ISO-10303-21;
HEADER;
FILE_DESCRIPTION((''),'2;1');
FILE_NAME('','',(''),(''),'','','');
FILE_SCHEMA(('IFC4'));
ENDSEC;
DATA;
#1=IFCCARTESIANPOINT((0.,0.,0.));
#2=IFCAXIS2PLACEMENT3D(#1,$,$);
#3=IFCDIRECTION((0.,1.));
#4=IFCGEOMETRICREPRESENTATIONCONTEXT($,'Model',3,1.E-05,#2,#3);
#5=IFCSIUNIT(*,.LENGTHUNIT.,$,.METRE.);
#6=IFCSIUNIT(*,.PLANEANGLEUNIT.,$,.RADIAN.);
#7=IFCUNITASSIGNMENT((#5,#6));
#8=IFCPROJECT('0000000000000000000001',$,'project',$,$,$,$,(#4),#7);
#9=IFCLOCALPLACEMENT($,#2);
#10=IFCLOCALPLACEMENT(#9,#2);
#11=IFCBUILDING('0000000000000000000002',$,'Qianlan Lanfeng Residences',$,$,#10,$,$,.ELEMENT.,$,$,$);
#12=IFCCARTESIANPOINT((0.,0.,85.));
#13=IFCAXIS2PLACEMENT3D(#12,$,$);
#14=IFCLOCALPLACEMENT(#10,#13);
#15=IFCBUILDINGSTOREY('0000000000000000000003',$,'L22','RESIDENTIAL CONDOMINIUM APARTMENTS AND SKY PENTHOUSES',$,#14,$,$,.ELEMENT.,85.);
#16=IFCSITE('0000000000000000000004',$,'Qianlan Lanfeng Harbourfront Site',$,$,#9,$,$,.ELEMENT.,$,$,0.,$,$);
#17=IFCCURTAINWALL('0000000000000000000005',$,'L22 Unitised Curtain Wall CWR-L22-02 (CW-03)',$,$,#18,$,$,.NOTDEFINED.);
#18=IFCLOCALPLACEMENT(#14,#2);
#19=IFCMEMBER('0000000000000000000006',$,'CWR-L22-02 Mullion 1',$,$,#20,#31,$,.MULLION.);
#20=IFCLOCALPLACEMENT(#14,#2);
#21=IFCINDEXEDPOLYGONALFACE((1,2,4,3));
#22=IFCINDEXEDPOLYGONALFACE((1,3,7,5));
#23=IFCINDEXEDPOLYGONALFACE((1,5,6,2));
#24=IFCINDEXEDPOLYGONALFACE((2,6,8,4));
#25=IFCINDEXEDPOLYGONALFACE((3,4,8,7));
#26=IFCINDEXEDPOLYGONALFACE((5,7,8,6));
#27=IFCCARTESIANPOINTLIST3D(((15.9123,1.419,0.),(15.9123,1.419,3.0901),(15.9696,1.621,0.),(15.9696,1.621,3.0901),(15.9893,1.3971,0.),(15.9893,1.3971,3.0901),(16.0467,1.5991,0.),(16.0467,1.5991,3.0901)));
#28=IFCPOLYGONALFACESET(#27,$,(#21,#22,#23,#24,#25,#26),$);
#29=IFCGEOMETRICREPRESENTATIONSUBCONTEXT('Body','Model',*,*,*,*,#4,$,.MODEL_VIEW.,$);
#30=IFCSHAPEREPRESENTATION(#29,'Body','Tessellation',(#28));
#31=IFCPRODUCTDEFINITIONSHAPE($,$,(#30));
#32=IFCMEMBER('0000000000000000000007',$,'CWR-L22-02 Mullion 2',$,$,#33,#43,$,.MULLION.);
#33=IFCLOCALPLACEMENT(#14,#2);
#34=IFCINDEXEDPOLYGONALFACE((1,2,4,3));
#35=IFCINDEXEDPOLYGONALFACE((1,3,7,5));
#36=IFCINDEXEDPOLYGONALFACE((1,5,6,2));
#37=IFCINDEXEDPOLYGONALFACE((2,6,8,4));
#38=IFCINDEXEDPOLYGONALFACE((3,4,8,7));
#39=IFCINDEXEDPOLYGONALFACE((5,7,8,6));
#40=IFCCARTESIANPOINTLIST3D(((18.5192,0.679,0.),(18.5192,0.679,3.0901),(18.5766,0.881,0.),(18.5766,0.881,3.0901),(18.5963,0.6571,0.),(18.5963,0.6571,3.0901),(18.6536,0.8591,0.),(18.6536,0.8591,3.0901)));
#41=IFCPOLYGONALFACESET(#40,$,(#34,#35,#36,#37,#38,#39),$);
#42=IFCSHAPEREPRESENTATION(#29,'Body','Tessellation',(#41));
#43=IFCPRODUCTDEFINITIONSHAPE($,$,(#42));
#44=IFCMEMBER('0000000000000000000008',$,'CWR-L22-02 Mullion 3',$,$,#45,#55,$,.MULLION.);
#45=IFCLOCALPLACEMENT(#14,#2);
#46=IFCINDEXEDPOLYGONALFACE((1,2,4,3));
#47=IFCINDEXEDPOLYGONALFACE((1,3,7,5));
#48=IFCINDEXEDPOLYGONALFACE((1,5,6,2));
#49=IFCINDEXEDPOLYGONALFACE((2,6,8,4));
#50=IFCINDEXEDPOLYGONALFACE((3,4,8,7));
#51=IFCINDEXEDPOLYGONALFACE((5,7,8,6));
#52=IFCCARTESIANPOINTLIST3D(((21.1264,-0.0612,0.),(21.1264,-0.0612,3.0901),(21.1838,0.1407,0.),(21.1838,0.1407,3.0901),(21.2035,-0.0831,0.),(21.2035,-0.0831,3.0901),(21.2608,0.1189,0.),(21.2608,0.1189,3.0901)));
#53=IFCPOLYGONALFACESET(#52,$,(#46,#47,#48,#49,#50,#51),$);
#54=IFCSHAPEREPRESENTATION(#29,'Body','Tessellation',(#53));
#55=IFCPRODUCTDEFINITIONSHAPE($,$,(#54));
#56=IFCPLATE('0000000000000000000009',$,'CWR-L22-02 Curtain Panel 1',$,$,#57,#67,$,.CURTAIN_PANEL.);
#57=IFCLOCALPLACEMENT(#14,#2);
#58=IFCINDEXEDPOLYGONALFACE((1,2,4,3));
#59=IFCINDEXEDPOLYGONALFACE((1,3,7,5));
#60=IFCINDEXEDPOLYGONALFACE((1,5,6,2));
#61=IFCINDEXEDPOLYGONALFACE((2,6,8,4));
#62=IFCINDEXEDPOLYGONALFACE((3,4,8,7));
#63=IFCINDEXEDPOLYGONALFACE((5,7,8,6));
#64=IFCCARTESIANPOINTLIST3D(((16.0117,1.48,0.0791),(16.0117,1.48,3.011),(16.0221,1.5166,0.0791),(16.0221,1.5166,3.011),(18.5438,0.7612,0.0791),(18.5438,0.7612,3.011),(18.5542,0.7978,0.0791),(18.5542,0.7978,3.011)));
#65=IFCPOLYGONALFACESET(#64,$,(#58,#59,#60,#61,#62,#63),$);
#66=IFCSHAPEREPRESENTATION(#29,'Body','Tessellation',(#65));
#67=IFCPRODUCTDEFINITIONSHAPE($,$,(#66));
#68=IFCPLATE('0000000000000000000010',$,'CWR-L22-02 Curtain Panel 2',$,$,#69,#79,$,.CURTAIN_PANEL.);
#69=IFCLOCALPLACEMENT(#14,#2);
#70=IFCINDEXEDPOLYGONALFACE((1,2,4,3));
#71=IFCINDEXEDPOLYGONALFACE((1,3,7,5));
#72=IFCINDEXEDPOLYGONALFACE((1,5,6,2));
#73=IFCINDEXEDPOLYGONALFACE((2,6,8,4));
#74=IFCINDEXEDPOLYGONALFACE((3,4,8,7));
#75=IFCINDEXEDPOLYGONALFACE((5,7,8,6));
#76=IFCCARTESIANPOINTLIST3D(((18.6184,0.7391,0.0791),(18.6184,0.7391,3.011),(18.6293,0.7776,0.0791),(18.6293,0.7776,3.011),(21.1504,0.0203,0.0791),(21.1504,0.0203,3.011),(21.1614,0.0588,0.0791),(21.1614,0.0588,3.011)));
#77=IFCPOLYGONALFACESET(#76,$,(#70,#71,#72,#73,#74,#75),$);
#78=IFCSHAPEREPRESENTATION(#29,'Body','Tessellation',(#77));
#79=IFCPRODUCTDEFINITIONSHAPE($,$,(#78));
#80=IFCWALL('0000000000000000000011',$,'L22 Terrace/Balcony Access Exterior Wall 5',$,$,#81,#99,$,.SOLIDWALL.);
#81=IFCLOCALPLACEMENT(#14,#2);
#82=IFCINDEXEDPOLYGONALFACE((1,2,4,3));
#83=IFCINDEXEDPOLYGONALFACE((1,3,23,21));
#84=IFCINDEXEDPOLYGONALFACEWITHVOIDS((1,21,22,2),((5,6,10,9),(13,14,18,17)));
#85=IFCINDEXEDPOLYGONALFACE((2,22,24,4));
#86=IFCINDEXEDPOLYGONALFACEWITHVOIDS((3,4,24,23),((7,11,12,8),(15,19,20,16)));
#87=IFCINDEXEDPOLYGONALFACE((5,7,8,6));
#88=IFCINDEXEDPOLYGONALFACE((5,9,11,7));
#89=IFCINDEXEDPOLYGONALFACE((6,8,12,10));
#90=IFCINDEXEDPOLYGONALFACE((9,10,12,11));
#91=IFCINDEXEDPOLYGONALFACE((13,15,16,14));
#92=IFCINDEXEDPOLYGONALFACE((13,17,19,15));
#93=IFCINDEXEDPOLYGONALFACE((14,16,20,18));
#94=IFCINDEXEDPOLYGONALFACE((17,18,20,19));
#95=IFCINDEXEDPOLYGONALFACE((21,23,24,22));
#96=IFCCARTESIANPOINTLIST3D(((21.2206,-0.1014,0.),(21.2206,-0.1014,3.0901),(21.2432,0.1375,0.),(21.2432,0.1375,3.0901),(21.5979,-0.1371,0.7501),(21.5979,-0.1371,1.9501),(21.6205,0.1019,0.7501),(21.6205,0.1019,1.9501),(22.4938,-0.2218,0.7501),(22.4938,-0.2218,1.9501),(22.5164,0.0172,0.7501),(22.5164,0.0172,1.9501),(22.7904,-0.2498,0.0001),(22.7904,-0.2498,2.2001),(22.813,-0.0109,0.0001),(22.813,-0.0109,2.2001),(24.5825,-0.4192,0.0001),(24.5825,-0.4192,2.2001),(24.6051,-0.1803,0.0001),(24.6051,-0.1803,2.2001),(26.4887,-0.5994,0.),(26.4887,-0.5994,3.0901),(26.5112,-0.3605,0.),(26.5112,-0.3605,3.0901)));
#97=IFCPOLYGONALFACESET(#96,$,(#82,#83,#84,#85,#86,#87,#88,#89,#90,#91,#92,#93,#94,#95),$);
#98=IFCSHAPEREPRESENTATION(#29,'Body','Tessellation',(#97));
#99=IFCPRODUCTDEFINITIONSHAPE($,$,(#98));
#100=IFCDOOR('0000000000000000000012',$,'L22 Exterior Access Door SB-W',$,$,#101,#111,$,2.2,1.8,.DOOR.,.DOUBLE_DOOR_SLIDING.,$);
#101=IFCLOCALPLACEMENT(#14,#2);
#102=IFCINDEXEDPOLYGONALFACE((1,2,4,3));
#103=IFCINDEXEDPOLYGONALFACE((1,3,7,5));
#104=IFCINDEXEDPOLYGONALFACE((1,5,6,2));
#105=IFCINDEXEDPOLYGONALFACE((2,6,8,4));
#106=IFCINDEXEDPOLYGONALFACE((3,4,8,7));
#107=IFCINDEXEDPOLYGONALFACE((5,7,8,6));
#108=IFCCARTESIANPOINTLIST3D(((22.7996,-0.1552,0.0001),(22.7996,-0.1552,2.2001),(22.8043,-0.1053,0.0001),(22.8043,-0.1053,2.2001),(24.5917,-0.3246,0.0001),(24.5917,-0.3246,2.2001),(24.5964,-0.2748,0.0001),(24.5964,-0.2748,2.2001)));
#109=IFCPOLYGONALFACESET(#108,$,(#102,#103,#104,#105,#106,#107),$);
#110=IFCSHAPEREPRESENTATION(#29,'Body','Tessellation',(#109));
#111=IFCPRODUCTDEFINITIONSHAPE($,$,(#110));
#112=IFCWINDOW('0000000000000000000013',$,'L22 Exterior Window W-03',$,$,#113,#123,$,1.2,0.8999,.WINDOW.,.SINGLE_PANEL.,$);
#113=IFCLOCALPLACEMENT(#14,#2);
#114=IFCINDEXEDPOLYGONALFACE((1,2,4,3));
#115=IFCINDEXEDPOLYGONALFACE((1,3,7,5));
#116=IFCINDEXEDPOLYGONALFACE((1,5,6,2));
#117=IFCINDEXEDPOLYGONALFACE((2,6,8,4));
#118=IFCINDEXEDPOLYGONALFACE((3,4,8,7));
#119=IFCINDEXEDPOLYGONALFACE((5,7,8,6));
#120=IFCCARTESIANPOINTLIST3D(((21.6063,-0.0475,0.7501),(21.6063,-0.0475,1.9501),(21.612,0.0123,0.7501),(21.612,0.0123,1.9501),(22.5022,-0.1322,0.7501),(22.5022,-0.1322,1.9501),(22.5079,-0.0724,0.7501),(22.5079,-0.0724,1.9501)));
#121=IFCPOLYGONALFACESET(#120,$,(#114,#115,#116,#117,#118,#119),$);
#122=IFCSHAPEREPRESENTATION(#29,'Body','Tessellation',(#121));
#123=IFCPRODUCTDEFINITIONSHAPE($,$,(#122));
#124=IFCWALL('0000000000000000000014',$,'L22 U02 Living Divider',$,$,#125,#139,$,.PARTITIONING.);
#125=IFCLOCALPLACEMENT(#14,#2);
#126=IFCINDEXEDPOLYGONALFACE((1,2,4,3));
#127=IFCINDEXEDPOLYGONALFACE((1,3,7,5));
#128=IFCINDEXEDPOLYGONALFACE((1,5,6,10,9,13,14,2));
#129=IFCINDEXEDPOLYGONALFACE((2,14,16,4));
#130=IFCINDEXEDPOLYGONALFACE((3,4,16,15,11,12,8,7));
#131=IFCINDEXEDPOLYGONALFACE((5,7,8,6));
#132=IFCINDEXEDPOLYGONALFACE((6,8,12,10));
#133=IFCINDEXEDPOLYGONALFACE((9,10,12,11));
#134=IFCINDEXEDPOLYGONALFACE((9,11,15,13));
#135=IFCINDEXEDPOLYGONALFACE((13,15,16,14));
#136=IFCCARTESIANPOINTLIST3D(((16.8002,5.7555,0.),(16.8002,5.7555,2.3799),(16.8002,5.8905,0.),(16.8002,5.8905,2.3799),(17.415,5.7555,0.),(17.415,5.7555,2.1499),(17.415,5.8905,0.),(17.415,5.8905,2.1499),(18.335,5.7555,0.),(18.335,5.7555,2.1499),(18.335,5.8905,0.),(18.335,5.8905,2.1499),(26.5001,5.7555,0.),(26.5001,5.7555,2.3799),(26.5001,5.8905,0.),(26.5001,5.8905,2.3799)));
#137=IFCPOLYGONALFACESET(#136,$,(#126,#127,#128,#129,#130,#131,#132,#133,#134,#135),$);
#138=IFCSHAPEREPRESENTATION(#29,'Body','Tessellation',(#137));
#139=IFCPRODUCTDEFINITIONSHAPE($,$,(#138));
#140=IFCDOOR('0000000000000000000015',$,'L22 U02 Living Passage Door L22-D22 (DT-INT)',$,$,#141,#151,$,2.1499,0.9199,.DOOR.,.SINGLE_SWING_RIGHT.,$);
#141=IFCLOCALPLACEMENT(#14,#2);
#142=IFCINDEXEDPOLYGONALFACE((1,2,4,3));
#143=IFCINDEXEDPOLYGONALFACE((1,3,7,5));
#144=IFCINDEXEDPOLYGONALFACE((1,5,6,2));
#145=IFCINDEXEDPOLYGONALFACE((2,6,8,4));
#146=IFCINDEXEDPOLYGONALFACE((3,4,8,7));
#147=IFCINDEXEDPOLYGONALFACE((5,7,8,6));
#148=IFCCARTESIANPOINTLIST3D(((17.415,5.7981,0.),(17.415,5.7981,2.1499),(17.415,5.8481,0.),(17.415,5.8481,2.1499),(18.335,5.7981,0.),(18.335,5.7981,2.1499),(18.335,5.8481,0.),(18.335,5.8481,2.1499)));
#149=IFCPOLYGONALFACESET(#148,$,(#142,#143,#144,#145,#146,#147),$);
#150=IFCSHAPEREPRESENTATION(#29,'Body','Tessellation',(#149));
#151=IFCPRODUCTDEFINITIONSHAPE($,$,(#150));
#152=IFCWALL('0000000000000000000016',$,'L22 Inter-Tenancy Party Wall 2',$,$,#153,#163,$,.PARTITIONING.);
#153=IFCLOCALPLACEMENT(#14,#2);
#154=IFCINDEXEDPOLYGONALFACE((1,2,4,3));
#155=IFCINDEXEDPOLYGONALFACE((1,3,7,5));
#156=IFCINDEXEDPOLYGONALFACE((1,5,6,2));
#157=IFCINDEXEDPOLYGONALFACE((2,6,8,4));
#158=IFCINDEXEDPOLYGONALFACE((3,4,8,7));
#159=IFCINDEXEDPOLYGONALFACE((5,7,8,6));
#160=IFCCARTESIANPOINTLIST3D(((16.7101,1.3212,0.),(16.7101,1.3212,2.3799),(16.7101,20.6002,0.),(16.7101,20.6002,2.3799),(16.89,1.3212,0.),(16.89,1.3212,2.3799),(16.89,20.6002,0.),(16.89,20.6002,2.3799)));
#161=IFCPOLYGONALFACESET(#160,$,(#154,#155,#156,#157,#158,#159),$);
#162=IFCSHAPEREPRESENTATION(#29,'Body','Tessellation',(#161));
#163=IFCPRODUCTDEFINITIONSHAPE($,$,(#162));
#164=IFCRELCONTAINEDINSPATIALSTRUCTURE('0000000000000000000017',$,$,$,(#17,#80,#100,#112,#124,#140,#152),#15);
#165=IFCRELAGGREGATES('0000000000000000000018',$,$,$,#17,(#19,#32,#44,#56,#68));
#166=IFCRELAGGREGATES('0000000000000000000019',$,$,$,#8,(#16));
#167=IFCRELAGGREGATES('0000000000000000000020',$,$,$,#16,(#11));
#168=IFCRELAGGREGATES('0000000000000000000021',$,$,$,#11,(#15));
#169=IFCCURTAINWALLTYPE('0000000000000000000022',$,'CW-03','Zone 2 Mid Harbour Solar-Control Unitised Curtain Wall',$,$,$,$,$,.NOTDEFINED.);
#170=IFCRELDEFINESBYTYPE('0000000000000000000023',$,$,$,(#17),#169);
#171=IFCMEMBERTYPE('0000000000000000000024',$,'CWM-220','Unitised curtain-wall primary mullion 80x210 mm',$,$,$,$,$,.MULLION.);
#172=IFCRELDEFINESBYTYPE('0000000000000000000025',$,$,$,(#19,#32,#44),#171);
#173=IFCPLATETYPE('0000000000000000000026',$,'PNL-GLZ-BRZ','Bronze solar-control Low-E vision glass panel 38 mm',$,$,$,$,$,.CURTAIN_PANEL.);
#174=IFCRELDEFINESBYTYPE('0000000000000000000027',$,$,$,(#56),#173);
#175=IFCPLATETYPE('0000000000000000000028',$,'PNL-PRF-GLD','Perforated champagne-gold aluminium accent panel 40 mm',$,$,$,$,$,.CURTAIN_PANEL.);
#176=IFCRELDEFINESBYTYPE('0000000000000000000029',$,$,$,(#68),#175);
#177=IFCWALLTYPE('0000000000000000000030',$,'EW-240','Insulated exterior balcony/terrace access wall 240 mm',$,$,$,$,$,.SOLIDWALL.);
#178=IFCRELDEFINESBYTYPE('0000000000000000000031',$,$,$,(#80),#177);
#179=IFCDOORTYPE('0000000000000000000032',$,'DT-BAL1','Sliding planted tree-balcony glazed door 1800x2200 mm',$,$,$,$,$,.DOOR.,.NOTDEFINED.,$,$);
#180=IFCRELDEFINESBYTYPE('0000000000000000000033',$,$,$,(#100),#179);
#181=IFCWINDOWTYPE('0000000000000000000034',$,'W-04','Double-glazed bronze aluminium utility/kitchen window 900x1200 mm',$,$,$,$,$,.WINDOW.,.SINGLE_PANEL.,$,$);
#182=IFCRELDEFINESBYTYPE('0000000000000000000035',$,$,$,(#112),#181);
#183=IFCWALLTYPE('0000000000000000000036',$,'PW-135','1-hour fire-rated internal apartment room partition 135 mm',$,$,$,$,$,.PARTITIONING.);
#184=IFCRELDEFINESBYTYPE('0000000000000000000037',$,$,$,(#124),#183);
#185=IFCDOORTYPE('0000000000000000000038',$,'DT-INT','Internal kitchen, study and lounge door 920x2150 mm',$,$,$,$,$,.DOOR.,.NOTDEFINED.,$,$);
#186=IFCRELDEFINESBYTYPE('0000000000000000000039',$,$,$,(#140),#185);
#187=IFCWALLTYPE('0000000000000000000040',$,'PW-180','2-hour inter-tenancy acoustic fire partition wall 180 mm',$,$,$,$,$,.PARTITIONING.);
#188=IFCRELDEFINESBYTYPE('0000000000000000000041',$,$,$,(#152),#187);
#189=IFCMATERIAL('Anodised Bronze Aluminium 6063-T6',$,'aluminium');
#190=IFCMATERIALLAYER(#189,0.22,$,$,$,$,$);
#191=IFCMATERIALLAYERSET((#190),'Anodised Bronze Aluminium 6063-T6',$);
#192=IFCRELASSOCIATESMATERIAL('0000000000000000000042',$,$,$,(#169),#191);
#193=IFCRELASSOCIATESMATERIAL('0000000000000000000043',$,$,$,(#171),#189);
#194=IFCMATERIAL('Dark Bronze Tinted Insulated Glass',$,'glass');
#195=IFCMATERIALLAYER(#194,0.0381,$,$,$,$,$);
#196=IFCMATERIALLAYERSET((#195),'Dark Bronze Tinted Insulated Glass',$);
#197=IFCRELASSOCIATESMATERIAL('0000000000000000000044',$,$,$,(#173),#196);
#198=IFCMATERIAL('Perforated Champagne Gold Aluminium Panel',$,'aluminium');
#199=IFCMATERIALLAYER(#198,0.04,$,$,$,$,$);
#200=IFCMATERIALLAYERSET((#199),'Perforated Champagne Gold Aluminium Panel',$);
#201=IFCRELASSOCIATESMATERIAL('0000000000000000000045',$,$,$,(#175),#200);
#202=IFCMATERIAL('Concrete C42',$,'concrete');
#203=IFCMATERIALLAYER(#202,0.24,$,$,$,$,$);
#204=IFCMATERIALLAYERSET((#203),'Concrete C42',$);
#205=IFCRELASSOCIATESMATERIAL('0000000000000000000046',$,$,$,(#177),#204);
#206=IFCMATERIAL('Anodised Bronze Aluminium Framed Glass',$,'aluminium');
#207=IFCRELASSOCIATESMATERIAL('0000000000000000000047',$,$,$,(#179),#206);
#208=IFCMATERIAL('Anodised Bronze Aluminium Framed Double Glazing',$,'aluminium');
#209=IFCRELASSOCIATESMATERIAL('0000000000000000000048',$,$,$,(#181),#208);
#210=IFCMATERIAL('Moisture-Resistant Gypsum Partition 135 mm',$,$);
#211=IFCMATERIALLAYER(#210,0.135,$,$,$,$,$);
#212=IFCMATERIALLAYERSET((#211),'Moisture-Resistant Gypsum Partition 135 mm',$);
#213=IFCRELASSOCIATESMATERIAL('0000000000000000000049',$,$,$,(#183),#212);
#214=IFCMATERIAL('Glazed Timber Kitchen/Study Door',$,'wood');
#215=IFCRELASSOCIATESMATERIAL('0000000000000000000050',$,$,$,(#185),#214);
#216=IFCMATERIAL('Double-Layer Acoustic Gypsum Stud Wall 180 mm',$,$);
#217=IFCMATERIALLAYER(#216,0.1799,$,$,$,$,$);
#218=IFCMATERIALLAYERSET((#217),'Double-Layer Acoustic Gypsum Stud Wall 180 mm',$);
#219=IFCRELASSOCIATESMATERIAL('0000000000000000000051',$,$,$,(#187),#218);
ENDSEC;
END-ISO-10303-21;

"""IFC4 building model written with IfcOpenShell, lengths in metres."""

from ifc_helpers import new_model, si_unit, direction, frame, frame_2d, origin, origin_2d, place, context, subcontext, project, spatial, rectangle, extrude, source, transform, mapped, material, layer, layer_set, material_profile, profile_set, type_object, element, fill, aggregate, save


model = new_model("IFC4")

# Units and contexts
model_context = context("Model", 3, precision=1e-05, world=origin(), true_north=direction((0.0, 1.0)))
body_context = subcontext(model_context, "Body", "Model", "MODEL_VIEW")
ifc_project = project(units=[si_unit("LENGTHUNIT", "METRE"), si_unit("PLANEANGLEUNIT", "RADIAN")], contexts=[model_context])

# Site, building, storey
site_placement = place(None, origin())
site = spatial("IfcSite", under=ifc_project, at=site_placement, Name="Qianlan Lanfeng Harbourfront Site", CompositionType="ELEMENT", RefElevation=0.0)
building_placement = place(site_placement, origin())
building = spatial("IfcBuilding", under=site, at=building_placement, Name="Qianlan Lanfeng Residences", CompositionType="ELEMENT")
storey_placement = place(building_placement, frame((0.0, 0.0, 85.0)))
storey = spatial("IfcBuildingStorey", under=building, at=storey_placement, Name="L22", Description="RESIDENTIAL CONDOMINIUM APARTMENTS AND SKY PENTHOUSES", CompositionType="ELEMENT", Elevation=85.0)

# Curtain wall, members, plates
ifc_material_1 = material(Name="Anodised Bronze Aluminium 6063-T6", Category="aluminium")
ifc_layer_1 = layer(ifc_material_1, 0.22)
ifc_layer_set_1 = layer_set([ifc_layer_1], Name="Anodised Bronze Aluminium 6063-T6")
curtain_wall_type = type_object("IfcCurtainWallType", Name="CW-03", Description="Zone 2 Mid Harbour Solar-Control Unitised Curtain Wall", PredefinedType="NOTDEFINED", material=ifc_layer_set_1)
curtain_wall_placement = place(storey_placement, origin())
curtain_wall = element("IfcCurtainWall", 1, at=curtain_wall_placement, inside=storey, type_object=curtain_wall_type, Name="L22 Unitised Curtain Wall CWR-L22-02 (CW-03)", PredefinedType="NOTDEFINED")
ifc_material_profile_1 = material_profile(ifc_material_1, rectangle(XDim=0.0801, YDim=0.21, at=origin_2d()), Name="ALU MULLION 80x210")
ifc_profile_set_1 = profile_set([ifc_material_profile_1], Name="Anodised Bronze Aluminium 6063-T6")
member_type_1 = type_object("IfcMemberType", Name="CWM-220", Description="Unitised curtain-wall primary mullion 80x210 mm", PredefinedType="MULLION", material=ifc_profile_set_1)
shared_shape_1 = source(origin(), body_context, "Body", "SweptSolid", [
    extrude(rectangle(XDim=0.0801, YDim=0.21, at=origin_2d()), origin(), (0.0, 0.0, 1.0), 3.0901),
])
member_1_placement = place(storey_placement, frame((15.9795, 1.509, 0.0), z_axis=(0.0, 0.0, 1.0), x_axis=(0.961989, -0.273088, 0.0)))
member_1 = element("IfcMember", 2, at=member_1_placement, type_object=member_type_1, Name="CWR-L22-02 Mullion 1", PredefinedType="MULLION", context=body_context, shape_type="MappedRepresentation", body=[
    mapped(shared_shape_1, transform((0.0, 0.0, 0.0), scale=1.0)),
])
member_2_placement = place(storey_placement, frame((18.5864, 0.769, 0.0), z_axis=(0.0, 0.0, 1.0), x_axis=(0.961989, -0.273088, 0.0)))
member_2 = element("IfcMember", 3, at=member_2_placement, type_object=member_type_1, Name="CWR-L22-02 Mullion 2", PredefinedType="MULLION", context=body_context, shape_type="MappedRepresentation", body=[
    mapped(shared_shape_1, transform((0.0, 0.0, 0.0), scale=1.0)),
])
member_3_placement = place(storey_placement, frame((21.1936, 0.0288, 0.0), z_axis=(0.0, 0.0, 1.0), x_axis=(0.961989, -0.273088, 0.0)))
member_3 = element("IfcMember", 4, at=member_3_placement, type_object=member_type_1, Name="CWR-L22-02 Mullion 3", PredefinedType="MULLION", context=body_context, shape_type="MappedRepresentation", body=[
    mapped(shared_shape_1, transform((0.0, 0.0, 0.0), scale=1.0)),
])
ifc_material_2 = material(Name="Dark Bronze Tinted Insulated Glass", Category="glass")
ifc_layer_2 = layer(ifc_material_2, 0.0381)
ifc_layer_set_2 = layer_set([ifc_layer_2], Name="Dark Bronze Tinted Insulated Glass")
plate_type_1 = type_object("IfcPlateType", Name="PNL-GLZ-BRZ", Description="Bronze solar-control Low-E vision glass panel 38 mm", PredefinedType="CURTAIN_PANEL", material=ifc_layer_set_2)
shared_shape_2 = source(origin(), body_context, "Body", "SweptSolid", [
    extrude(rectangle(XDim=2.6321, YDim=0.0381, at=origin_2d()), origin(), (0.0, 0.0, 1.0), 2.9319),
])
plate_1_placement = place(storey_placement, frame((17.283, 1.1389, 0.0791), z_axis=(0.0, 0.0, 1.0), x_axis=(0.961989, -0.273088, 0.0)))
plate_1 = element("IfcPlate", 5, at=plate_1_placement, type_object=plate_type_1, Name="CWR-L22-02 Curtain Panel 1", PredefinedType="CURTAIN_PANEL", context=body_context, shape_type="MappedRepresentation", body=[
    mapped(shared_shape_2, transform((0.0, 0.0, 0.0), scale=1.0)),
])
ifc_material_3 = material(Name="Perforated Champagne Gold Aluminium Panel", Category="aluminium")
ifc_layer_3 = layer(ifc_material_3, 0.04)
ifc_layer_set_3 = layer_set([ifc_layer_3], Name="Perforated Champagne Gold Aluminium Panel")
plate_type_2 = type_object("IfcPlateType", Name="PNL-PRF-GLD", Description="Perforated champagne-gold aluminium accent panel 40 mm", PredefinedType="CURTAIN_PANEL", material=ifc_layer_set_3)
shared_shape_3 = source(origin(), body_context, "Body", "SweptSolid", [
    extrude(rectangle(XDim=2.6321, YDim=0.04, at=origin_2d()), origin(), (0.0, 0.0, 1.0), 2.9319),
])
plate_2_placement = place(storey_placement, frame((19.8899, 0.3989, 0.0791), z_axis=(0.0, 0.0, 1.0), x_axis=(0.961989, -0.273088, 0.0)))
plate_2 = element("IfcPlate", 6, at=plate_2_placement, type_object=plate_type_2, Name="CWR-L22-02 Curtain Panel 2", PredefinedType="CURTAIN_PANEL", context=body_context, shape_type="MappedRepresentation", body=[
    mapped(shared_shape_3, transform((0.0, 0.0, 0.0), scale=1.0)),
])
aggregate(curtain_wall, [member_1, member_2, member_3, plate_1, plate_2])

# Wall, openings, door, window
ifc_material_4 = material(Name="Concrete C42", Category="concrete")
ifc_layer_4 = layer(ifc_material_4, 0.24)
ifc_layer_set_4 = layer_set([ifc_layer_4], Name="Concrete C42")
wall_type_1 = type_object("IfcWallType", Name="EW-240", Description="Insulated exterior balcony/terrace access wall 240 mm", PredefinedType="SOLIDWALL", material=ifc_layer_set_4)
wall_1_placement = place(storey_placement, frame((21.2319, 0.0181, 0.0), z_axis=(0.0, 0.0, 1.0), x_axis=(0.995561, -0.094121, 0.0)))
wall_1 = element("IfcWall", 7, at=wall_1_placement, inside=storey, type_object=wall_type_1, Name="L22 Terrace/Balcony Access Exterior Wall 5", PredefinedType="SOLIDWALL", context=body_context, shape_type="SweptSolid", body=[
    extrude(rectangle(XDim=5.2915, YDim=0.24, at=frame_2d((2.6458, 0.0))), origin(), (0.0, 0.0, 1.0), 3.0901),
])
opening_1_placement = place(wall_1_placement, frame((1.5769, 0.0, 0.0)))
opening_1 = element("IfcOpeningElement", 8, at=opening_1_placement, cuts=wall_1, PredefinedType="OPENING", context=body_context, shape_type="SweptSolid", body=[
    extrude(rectangle(XDim=1.8, YDim=2.2, at=frame_2d((0.8999, 1.1001))), frame((0.0, 0.1299, 0.0), z_axis=(0.0, -1.0, 0.0), x_axis=(1.0, 0.0, 0.0)), (0.0, 0.0, 1.0), 0.26),
])
opening_2_placement = place(wall_1_placement, frame((0.3789, 0.0, 0.75)))
opening_2 = element("IfcOpeningElement", 9, at=opening_2_placement, cuts=wall_1, PredefinedType="OPENING", context=body_context, shape_type="SweptSolid", body=[
    extrude(rectangle(XDim=0.8999, YDim=1.2, at=frame_2d((0.45, 0.6001))), frame((0.0, 0.1299, 0.0), z_axis=(0.0, -1.0, 0.0), x_axis=(1.0, 0.0, 0.0)), (0.0, 0.0, 1.0), 0.26),
])
ifc_material_5 = material(Name="Anodised Bronze Aluminium Framed Glass", Category="aluminium")
door_type_1 = type_object("IfcDoorType", Name="DT-BAL1", Description="Sliding planted tree-balcony glazed door 1800x2200 mm", OperationType="NOTDEFINED", PredefinedType="DOOR", material=ifc_material_5)
door_1_placement = place(opening_1_placement, frame((1.8, 0.0, 0.0), z_axis=(0.0, 0.0, 1.0), x_axis=(-1.0, 0.0, 0.0)))
door_1 = element("IfcDoor", 10, at=door_1_placement, inside=storey, type_object=door_type_1, Name="L22 Exterior Access Door SB-W", OperationType="DOUBLE_DOOR_SLIDING", OverallHeight=2.2, OverallWidth=1.8, PredefinedType="DOOR", context=body_context, shape_type="SweptSolid", body=[
    extrude(rectangle(XDim=1.8, YDim=2.2, at=frame_2d((0.8999, 1.1001))), frame((0.0, 0.0249, 0.0), z_axis=(0.0, -1.0, 0.0), x_axis=(1.0, 0.0, 0.0)), (0.0, 0.0, 1.0), 0.05),
])
fill(opening_1, door_1)
ifc_material_6 = material(Name="Anodised Bronze Aluminium Framed Double Glazing", Category="aluminium")
window_type = type_object("IfcWindowType", Name="W-04", Description="Double-glazed bronze aluminium utility/kitchen window 900x1200 mm", PartitioningType="SINGLE_PANEL", PredefinedType="WINDOW", material=ifc_material_6)
window_placement = place(opening_2_placement, origin())
window = element("IfcWindow", 11, at=window_placement, inside=storey, type_object=window_type, Name="L22 Exterior Window W-03", OverallHeight=1.2, OverallWidth=0.8999, PartitioningType="SINGLE_PANEL", PredefinedType="WINDOW", context=body_context, shape_type="SweptSolid", body=[
    extrude(rectangle(XDim=0.8999, YDim=1.2, at=frame_2d((0.45, 0.6001))), frame((0.0, 0.03, 0.0), z_axis=(0.0, -1.0, 0.0), x_axis=(1.0, 0.0, 0.0)), (0.0, 0.0, 1.0), 0.0601),
])
fill(opening_2, window)

# Wall, opening, door
ifc_material_7 = material(Name="Moisture-Resistant Gypsum Partition 135 mm")
ifc_layer_5 = layer(ifc_material_7, 0.135)
ifc_layer_set_5 = layer_set([ifc_layer_5], Name="Moisture-Resistant Gypsum Partition 135 mm")
wall_type_2 = type_object("IfcWallType", Name="PW-135", Description="1-hour fire-rated internal apartment room partition 135 mm", PredefinedType="PARTITIONING", material=ifc_layer_set_5)
wall_2_placement = place(storey_placement, frame((16.8, 5.823, 0.0), z_axis=(0.0, 0.0, 1.0), x_axis=(1.0, 0.0, 0.0)))
wall_2 = element("IfcWall", 12, at=wall_2_placement, inside=storey, type_object=wall_type_2, Name="L22 U02 Living Divider", PredefinedType="PARTITIONING", context=body_context, shape_type="SweptSolid", body=[
    extrude(rectangle(XDim=9.7, YDim=0.135, at=frame_2d((4.8501, 0.0))), origin(), (0.0, 0.0, 1.0), 2.3799),
])
opening_3_placement = place(wall_2_placement, frame((0.615, 0.0, 0.0)))
opening_3 = element("IfcOpeningElement", 13, at=opening_3_placement, cuts=wall_2, PredefinedType="OPENING", context=body_context, shape_type="SweptSolid", body=[
    extrude(rectangle(XDim=0.9199, YDim=2.1499, at=frame_2d((0.46, 1.075))), frame((0.0, 0.0776, 0.0), z_axis=(0.0, -1.0, 0.0), x_axis=(1.0, 0.0, 0.0)), (0.0, 0.0, 1.0), 0.155),
])
ifc_material_8 = material(Name="Glazed Timber Kitchen/Study Door", Category="wood")
door_type_2 = type_object("IfcDoorType", Name="DT-INT", Description="Internal kitchen, study and lounge door 920x2150 mm", OperationType="NOTDEFINED", PredefinedType="DOOR", material=ifc_material_8)
door_2_placement = place(opening_3_placement, frame((0.9199, 0.0, 0.0), z_axis=(0.0, 0.0, 1.0), x_axis=(-1.0, 0.0, 0.0)))
door_2 = element("IfcDoor", 14, at=door_2_placement, inside=storey, type_object=door_type_2, Name="L22 U02 Living Passage Door L22-D22 (DT-INT)", OperationType="SINGLE_SWING_RIGHT", OverallHeight=2.1499, OverallWidth=0.9199, PredefinedType="DOOR", context=body_context, shape_type="SweptSolid", body=[
    extrude(rectangle(XDim=0.9199, YDim=2.1499, at=frame_2d((0.46, 1.075))), frame((0.0, 0.0249, 0.0), z_axis=(0.0, -1.0, 0.0), x_axis=(1.0, 0.0, 0.0)), (0.0, 0.0, 1.0), 0.05),
])
fill(opening_3, door_2)

# Wall
ifc_material_9 = material(Name="Double-Layer Acoustic Gypsum Stud Wall 180 mm")
ifc_layer_6 = layer(ifc_material_9, 0.1799)
ifc_layer_set_6 = layer_set([ifc_layer_6], Name="Double-Layer Acoustic Gypsum Stud Wall 180 mm")
wall_type_3 = type_object("IfcWallType", Name="PW-180", Description="2-hour inter-tenancy acoustic fire partition wall 180 mm", PredefinedType="PARTITIONING", material=ifc_layer_set_6)
wall_3_placement = place(storey_placement, frame((16.8, 1.321, 0.0), z_axis=(0.0, 0.0, 1.0), x_axis=(0.0, 1.0, 0.0)))
element("IfcWall", 15, at=wall_3_placement, inside=storey, type_object=wall_type_3, Name="L22 Inter-Tenancy Party Wall 2", PredefinedType="PARTITIONING", context=body_context, shape_type="SweptSolid", body=[
    extrude(rectangle(XDim=19.2791, YDim=0.1799, at=frame_2d((9.6396, 0.0))), origin(), (0.0, 0.0, 1.0), 2.3799),
])

save(model, "model.ifc")
